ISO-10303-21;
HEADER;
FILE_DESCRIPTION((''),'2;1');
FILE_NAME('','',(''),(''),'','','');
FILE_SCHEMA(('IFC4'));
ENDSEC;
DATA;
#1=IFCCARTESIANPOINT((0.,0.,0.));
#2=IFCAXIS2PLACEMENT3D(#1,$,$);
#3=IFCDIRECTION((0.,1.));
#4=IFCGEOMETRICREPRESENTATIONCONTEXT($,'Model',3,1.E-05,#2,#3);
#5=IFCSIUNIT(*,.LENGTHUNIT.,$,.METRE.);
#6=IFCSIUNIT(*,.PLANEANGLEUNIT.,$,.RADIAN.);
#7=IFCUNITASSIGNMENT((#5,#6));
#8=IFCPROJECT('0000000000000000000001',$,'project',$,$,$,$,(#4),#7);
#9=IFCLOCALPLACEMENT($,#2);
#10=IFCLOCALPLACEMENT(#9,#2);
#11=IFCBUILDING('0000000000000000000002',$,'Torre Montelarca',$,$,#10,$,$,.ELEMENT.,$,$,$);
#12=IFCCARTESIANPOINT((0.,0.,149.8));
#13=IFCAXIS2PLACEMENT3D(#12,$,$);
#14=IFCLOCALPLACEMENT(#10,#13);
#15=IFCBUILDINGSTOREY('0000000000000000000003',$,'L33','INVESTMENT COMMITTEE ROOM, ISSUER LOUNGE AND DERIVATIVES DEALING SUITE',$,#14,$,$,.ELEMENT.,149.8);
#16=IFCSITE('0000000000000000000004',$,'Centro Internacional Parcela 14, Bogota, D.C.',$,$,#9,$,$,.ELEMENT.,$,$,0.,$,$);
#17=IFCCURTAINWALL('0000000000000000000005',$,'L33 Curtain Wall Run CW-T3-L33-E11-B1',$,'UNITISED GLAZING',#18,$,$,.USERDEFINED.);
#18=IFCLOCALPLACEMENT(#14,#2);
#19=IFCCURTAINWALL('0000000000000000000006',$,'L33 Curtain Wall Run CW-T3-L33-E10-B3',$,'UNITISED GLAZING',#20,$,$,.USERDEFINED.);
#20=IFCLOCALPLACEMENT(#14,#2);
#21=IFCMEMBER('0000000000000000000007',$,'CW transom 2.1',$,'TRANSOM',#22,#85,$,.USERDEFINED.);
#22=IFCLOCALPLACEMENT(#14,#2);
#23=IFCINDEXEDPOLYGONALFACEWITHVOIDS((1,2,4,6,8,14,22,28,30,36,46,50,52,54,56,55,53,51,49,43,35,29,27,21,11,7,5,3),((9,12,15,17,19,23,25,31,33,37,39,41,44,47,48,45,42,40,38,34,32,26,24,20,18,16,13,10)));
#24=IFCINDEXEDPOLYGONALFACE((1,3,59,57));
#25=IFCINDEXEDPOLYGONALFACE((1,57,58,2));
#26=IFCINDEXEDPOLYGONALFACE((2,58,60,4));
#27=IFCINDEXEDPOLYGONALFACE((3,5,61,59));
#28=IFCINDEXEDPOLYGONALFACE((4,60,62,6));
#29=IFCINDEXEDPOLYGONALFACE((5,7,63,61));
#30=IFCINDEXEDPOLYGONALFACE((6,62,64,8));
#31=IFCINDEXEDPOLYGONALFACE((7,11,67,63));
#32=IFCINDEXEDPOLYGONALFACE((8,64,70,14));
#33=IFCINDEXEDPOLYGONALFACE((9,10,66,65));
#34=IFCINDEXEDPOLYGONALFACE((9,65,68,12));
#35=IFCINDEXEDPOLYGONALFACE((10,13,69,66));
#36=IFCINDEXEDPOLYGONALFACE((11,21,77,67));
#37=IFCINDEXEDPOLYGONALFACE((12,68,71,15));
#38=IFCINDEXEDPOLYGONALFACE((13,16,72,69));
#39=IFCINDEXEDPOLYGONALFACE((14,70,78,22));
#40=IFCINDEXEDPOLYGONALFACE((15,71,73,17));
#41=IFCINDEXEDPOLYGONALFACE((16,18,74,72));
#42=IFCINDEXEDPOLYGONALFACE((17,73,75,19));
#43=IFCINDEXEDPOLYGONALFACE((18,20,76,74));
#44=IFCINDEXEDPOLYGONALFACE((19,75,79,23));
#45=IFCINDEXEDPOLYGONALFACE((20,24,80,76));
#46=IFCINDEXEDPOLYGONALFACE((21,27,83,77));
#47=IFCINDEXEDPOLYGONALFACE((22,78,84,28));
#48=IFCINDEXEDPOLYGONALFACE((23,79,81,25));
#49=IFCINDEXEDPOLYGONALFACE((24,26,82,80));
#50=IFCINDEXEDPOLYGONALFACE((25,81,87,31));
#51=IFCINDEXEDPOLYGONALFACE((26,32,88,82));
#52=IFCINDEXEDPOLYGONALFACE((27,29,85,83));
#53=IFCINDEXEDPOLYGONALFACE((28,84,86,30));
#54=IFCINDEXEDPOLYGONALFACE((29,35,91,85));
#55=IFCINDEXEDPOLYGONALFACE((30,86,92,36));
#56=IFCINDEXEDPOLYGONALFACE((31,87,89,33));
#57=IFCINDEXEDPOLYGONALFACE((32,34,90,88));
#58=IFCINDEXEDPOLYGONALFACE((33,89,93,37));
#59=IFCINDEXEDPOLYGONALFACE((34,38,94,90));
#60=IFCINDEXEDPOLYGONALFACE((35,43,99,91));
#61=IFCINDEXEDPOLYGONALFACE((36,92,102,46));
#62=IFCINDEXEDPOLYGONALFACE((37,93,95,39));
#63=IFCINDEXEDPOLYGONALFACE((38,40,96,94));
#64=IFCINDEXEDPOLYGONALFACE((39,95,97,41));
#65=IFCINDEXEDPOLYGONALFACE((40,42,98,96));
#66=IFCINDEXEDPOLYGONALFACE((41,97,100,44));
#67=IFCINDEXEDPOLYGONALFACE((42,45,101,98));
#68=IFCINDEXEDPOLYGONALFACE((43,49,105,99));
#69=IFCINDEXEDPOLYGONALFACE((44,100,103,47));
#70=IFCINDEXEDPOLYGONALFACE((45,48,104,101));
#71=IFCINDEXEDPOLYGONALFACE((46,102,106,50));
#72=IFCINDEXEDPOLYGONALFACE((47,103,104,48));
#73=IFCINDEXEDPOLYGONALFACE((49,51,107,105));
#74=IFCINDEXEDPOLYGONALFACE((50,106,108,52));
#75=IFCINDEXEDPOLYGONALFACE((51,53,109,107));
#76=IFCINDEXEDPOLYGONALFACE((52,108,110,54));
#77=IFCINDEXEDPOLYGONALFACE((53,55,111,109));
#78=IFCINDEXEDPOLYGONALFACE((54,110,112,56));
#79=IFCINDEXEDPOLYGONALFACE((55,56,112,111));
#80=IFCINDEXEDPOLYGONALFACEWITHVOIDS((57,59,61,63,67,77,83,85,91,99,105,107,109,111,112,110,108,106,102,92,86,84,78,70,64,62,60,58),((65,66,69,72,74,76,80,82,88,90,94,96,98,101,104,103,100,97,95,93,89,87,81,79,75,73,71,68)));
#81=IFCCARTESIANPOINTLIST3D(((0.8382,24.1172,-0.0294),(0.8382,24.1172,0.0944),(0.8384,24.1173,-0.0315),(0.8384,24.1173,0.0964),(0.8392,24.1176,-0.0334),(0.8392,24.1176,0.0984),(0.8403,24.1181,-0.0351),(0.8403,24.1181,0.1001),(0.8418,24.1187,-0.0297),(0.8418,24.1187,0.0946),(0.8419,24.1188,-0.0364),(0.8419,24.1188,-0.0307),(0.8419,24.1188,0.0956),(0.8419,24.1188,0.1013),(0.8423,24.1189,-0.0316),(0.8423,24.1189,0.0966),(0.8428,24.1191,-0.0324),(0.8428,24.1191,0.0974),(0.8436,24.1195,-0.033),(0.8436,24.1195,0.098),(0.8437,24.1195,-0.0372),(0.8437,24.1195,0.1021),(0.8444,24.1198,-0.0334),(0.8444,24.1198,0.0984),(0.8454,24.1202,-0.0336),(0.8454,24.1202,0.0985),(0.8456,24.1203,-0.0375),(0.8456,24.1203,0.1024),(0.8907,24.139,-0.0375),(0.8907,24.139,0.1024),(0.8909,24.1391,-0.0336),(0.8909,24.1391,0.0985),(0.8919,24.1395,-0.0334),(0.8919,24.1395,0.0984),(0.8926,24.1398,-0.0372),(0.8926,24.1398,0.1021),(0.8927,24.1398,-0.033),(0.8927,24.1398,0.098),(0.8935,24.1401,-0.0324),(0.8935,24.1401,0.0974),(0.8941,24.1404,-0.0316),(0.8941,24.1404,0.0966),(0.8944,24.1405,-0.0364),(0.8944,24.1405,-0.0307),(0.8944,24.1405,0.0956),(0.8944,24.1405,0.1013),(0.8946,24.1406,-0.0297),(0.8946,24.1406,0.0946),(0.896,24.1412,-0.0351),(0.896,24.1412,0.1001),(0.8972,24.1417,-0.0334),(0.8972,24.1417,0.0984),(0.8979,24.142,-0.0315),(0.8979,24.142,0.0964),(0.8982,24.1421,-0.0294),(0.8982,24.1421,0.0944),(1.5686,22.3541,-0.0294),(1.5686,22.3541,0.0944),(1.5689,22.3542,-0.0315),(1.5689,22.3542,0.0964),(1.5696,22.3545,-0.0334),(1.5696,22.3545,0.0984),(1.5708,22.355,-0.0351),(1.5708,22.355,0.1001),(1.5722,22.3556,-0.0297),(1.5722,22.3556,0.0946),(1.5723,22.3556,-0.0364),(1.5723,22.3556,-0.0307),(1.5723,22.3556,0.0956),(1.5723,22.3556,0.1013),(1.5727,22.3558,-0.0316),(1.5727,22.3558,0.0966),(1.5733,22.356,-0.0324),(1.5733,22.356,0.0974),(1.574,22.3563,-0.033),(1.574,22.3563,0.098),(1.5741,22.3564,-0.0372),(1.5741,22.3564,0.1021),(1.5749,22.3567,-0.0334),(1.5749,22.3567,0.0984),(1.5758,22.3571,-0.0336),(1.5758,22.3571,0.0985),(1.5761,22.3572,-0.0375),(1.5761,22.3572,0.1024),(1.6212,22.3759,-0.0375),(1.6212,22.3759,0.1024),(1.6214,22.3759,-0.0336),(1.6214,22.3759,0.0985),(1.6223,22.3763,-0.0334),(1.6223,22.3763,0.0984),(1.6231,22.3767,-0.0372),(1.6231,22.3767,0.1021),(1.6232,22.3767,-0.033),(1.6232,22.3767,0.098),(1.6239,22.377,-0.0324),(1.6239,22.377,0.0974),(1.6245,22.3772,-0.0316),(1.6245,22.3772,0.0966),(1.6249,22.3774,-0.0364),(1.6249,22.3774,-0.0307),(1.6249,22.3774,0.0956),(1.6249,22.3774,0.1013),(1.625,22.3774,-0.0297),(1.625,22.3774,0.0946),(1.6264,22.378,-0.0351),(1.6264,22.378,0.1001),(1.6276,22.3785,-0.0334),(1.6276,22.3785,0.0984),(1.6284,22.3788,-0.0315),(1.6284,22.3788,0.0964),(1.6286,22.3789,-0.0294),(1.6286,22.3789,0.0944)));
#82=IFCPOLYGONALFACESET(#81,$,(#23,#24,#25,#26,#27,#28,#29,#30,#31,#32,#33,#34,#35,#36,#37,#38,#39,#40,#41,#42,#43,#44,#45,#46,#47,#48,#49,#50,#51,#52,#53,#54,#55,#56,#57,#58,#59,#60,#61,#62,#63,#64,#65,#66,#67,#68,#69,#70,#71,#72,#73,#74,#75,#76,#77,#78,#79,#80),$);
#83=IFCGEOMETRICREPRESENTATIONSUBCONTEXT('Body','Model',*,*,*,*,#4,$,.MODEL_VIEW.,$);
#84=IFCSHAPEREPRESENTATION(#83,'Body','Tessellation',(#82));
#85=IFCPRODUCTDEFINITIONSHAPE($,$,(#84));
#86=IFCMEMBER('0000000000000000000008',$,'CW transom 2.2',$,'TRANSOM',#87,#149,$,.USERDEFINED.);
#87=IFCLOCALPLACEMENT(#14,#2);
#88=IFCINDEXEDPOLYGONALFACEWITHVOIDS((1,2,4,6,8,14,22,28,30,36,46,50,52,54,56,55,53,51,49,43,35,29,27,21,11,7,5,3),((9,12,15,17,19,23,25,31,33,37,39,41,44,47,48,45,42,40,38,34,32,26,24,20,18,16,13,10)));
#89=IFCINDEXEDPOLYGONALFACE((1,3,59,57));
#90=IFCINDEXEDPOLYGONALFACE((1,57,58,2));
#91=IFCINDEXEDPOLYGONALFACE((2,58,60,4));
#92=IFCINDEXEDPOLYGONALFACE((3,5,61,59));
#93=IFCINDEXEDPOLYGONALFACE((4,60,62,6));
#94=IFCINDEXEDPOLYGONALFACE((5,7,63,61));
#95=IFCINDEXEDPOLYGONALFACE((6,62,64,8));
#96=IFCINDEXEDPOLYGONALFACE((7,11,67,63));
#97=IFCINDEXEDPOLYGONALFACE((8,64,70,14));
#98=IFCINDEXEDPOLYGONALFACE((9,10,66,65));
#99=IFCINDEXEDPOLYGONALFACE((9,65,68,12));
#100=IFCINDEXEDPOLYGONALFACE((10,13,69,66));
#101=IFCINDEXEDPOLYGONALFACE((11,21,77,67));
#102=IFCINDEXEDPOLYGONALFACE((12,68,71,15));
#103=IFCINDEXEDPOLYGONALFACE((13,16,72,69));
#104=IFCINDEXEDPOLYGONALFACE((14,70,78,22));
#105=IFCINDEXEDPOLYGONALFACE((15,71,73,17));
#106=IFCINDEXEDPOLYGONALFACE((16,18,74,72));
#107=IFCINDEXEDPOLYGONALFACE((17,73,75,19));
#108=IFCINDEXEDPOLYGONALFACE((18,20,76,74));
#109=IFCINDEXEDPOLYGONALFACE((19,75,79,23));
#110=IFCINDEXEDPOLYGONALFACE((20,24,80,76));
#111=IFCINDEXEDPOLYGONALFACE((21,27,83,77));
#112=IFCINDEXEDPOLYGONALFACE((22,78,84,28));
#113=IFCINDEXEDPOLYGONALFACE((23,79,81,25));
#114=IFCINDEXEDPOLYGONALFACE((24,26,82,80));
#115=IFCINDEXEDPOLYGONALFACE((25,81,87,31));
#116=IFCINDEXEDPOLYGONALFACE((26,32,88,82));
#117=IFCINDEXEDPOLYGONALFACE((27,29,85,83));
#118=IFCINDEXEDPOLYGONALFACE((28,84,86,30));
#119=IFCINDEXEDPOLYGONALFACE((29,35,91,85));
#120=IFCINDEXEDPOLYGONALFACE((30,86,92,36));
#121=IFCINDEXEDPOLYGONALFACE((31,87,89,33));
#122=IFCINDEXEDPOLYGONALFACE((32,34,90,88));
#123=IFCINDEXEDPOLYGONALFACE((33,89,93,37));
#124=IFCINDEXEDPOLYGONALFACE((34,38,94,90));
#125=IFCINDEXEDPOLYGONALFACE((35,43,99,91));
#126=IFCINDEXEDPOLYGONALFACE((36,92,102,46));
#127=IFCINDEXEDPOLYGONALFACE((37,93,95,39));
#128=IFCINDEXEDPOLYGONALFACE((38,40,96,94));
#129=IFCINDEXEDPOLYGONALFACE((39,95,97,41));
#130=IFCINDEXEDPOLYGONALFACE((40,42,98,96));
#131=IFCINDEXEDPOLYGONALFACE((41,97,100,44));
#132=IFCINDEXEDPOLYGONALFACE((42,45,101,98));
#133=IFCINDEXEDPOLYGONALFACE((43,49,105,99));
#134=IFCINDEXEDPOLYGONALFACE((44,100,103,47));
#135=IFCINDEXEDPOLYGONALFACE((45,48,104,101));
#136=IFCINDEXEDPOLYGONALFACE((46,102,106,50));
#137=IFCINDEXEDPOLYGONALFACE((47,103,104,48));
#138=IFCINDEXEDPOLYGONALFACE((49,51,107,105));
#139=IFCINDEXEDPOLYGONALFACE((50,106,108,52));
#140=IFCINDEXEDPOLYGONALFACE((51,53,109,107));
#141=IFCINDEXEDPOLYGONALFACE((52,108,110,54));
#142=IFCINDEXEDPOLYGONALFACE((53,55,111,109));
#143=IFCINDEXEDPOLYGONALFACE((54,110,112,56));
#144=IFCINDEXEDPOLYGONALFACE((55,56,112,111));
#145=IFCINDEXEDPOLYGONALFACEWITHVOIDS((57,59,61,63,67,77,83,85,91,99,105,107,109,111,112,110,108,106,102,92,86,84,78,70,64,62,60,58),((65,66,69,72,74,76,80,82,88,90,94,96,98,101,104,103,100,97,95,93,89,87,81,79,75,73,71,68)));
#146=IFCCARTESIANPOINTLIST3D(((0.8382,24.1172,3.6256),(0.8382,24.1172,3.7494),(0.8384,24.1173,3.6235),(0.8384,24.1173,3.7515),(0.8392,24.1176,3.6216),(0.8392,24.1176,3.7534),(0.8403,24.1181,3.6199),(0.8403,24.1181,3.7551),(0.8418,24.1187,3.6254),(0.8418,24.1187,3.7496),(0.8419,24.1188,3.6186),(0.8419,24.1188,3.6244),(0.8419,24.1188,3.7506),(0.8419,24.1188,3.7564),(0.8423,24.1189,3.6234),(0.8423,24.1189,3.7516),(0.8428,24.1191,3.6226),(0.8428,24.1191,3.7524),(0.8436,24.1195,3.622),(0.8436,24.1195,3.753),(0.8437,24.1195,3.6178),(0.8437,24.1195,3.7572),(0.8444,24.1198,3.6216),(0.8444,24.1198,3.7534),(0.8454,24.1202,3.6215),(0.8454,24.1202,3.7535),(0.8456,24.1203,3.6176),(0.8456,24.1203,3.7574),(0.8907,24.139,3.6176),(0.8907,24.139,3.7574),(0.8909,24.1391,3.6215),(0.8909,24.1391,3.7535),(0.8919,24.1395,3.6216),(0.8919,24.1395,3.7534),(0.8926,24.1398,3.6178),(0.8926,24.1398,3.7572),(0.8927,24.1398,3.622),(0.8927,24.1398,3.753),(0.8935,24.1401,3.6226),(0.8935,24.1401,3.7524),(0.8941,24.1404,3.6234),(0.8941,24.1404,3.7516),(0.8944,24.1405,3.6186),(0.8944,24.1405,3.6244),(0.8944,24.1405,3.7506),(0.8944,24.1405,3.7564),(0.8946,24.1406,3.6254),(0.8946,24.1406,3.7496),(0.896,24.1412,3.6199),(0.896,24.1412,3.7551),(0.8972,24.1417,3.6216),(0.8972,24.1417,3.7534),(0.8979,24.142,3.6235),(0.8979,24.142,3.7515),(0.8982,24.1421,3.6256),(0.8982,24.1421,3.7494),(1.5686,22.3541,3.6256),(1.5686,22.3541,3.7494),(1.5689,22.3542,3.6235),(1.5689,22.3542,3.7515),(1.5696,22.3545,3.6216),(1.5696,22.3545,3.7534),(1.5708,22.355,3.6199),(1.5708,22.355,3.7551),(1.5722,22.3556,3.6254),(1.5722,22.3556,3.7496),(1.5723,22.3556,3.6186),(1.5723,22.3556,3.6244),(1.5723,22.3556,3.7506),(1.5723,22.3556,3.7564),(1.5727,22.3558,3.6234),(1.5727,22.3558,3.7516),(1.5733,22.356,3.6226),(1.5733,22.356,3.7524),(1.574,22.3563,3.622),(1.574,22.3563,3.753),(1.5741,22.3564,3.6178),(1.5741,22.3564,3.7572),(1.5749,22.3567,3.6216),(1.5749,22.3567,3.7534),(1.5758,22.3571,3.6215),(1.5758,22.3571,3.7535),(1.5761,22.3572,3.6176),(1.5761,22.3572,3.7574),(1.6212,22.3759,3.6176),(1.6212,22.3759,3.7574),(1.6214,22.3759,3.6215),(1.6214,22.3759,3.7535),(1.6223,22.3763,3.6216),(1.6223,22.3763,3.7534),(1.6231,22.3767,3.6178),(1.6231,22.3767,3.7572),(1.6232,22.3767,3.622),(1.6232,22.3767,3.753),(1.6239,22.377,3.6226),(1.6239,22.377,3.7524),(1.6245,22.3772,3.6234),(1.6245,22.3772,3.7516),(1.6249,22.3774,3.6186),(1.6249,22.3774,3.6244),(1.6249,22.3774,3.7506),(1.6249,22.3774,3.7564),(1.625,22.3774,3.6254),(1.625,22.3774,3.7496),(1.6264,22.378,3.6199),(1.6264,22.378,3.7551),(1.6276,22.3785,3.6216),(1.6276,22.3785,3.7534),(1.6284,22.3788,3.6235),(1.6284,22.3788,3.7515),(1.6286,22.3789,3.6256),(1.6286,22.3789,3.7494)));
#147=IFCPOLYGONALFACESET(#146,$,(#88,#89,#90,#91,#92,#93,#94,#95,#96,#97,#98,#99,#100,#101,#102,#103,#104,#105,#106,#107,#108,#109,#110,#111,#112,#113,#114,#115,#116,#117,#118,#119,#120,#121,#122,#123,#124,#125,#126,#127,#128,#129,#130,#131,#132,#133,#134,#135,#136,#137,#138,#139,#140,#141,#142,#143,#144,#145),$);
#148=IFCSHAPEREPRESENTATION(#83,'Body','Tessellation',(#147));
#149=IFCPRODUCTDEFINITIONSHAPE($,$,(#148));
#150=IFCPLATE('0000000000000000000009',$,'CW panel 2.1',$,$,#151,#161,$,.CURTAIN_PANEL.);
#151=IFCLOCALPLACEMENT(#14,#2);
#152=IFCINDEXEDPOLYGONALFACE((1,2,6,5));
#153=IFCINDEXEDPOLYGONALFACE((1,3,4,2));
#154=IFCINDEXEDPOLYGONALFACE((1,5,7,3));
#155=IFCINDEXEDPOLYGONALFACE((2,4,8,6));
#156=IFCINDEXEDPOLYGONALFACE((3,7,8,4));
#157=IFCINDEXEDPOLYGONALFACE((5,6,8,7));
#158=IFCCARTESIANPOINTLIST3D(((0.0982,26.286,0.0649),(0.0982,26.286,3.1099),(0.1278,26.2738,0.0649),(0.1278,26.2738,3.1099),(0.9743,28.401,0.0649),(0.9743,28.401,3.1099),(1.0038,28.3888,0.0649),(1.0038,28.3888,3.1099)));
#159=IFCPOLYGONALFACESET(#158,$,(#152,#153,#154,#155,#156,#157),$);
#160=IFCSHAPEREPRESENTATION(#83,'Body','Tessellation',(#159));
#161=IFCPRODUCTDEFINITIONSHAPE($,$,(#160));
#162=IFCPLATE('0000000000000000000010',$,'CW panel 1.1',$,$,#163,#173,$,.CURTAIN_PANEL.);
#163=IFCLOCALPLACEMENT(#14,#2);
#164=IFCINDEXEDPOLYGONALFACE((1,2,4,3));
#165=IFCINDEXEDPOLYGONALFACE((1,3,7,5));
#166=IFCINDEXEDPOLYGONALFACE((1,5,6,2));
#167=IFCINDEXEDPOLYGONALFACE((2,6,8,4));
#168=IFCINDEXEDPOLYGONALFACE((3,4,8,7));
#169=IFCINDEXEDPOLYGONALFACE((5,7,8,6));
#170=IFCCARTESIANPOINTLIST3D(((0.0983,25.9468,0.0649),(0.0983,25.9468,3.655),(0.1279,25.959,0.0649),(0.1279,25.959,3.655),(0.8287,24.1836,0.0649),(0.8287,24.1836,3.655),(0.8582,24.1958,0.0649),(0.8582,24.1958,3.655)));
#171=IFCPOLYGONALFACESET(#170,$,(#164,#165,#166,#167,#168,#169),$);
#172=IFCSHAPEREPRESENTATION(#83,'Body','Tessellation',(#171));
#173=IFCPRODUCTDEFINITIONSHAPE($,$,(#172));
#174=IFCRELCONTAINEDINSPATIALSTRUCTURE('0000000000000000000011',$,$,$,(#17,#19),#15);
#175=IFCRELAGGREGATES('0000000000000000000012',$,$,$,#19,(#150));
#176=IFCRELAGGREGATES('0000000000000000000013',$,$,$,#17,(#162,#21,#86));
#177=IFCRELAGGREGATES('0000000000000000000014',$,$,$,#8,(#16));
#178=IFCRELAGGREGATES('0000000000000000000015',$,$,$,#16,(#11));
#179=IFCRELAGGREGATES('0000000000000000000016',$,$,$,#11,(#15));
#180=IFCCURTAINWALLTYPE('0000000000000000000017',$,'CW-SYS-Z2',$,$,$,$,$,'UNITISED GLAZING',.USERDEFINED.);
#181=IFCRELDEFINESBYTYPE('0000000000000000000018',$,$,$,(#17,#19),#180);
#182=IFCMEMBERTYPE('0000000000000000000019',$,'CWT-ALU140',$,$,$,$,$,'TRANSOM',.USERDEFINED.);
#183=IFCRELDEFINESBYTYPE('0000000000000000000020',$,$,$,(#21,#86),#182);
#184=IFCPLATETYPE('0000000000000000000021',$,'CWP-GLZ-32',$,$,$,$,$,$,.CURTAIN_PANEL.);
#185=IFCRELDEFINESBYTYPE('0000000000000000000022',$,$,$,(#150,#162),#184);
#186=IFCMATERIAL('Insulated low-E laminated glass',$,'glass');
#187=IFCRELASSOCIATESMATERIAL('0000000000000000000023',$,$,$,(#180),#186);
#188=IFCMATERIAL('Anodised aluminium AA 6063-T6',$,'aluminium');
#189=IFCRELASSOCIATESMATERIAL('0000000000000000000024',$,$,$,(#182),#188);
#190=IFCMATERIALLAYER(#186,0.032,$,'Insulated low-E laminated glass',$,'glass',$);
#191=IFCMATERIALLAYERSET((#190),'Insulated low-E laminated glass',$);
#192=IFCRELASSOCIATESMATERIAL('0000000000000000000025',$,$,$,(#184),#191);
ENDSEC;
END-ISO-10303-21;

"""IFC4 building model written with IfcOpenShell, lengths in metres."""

from ifc_helpers import new_model, si_unit, direction, frame, origin, origin_2d, place, context, subcontext, project, spatial, rectangle, hollow_rectangle, extrude, source, transform, mapped, material, layer, layer_set, material_profile, profile_set, type_object, element, aggregate, save


model = new_model("IFC4")

# Units and contexts
model_context = context("Model", 3, precision=1e-05, world=origin(), true_north=direction((0.0, 1.0)))
body_context = subcontext(model_context, "Body", "Model", "MODEL_VIEW")
ifc_project = project(units=[si_unit("LENGTHUNIT", "METRE"), si_unit("PLANEANGLEUNIT", "RADIAN")], contexts=[model_context])

# Site, building, storey
site_placement = place(None, origin())
site = spatial("IfcSite", under=ifc_project, at=site_placement, Name="Centro Internacional Parcela 14, Bogota, D.C.", CompositionType="ELEMENT", RefElevation=0.0)
building_placement = place(site_placement, origin())
building = spatial("IfcBuilding", under=site, at=building_placement, Name="Torre Montelarca", CompositionType="ELEMENT")
storey_placement = place(building_placement, frame((0.0, 0.0, 149.8)))
storey = spatial("IfcBuildingStorey", under=building, at=storey_placement, Name="L33", Description="INVESTMENT COMMITTEE ROOM, ISSUER LOUNGE AND DERIVATIVES DEALING SUITE", CompositionType="ELEMENT", Elevation=149.8)

# Curtain walls
ifc_material_1 = material(Name="Insulated low-E laminated glass", Category="glass")
curtain_wall_type = type_object("IfcCurtainWallType", Name="CW-SYS-Z2", ElementType="UNITISED GLAZING", PredefinedType="USERDEFINED", material=ifc_material_1)
curtain_wall_1_placement = place(storey_placement, origin())
curtain_wall_1 = element("IfcCurtainWall", 1, at=curtain_wall_1_placement, inside=storey, type_object=curtain_wall_type, Name="L33 Curtain Wall Run CW-T3-L33-E11-B1", ObjectType="UNITISED GLAZING", PredefinedType="USERDEFINED")
ifc_material_2 = material(Name="Anodised aluminium AA 6063-T6", Category="aluminium")
curtain_wall_2_placement = place(storey_placement, origin())
curtain_wall_2 = element("IfcCurtainWall", 2, at=curtain_wall_2_placement, inside=storey, type_object=curtain_wall_type, Name="L33 Curtain Wall Run CW-T3-L33-E10-B3", ObjectType="UNITISED GLAZING", PredefinedType="USERDEFINED")
ifc_material_profile_1 = material_profile(ifc_material_2, hollow_rectangle(XDim=0.0649, YDim=0.1399, WallThickness=0.0039, InnerFilletRadius=0.0039, OuterFilletRadius=0.0081, at=origin_2d()), Name="ALU65X140X4", Category="aluminium")
ifc_profile_set_1 = profile_set([ifc_material_profile_1], Name="Anodised aluminium AA 6063-T6")
member_type_1 = type_object("IfcMemberType", Name="CWT-ALU140", ElementType="TRANSOM", PredefinedType="USERDEFINED", material=ifc_profile_set_1)

# Members
shared_shape_1 = source(origin(), body_context, "Body", "SweptSolid", [
    extrude(hollow_rectangle(XDim=0.0649, YDim=0.1399, WallThickness=0.0039, InnerFilletRadius=0.0039, OuterFilletRadius=0.0081, at=origin_2d()), origin(), (0.0, 0.0, 1.0), 1.9084),
])
member_1_placement = place(storey_placement, frame((0.8682, 24.1296, 0.0325), z_axis=(0.382743, -0.923855, 0.0), x_axis=(0.923855, 0.382743, 0.0)))
member_1 = element("IfcMember", 3, at=member_1_placement, type_object=member_type_1, Name="CW transom 2.1", ObjectType="TRANSOM", PredefinedType="USERDEFINED", context=body_context, shape_type="MappedRepresentation", body=[
    mapped(shared_shape_1, transform((0.0, 0.0, 0.0), scale=1.0)),
])
member_2_placement = place(storey_placement, frame((0.8682, 24.1296, 3.6875), z_axis=(0.382743, -0.923855, 0.0), x_axis=(0.923855, 0.382743, 0.0)))
member_2 = element("IfcMember", 4, at=member_2_placement, type_object=member_type_1, Name="CW transom 2.2", ObjectType="TRANSOM", PredefinedType="USERDEFINED", context=body_context, shape_type="MappedRepresentation", body=[
    mapped(shared_shape_1, transform((0.0, 0.0, 0.0), scale=1.0)),
])

# Plates
ifc_layer_1 = layer(ifc_material_1, 0.032, Name="Insulated low-E laminated glass", Category="glass")
ifc_layer_set_1 = layer_set([ifc_layer_1], Name="Insulated low-E laminated glass")
plate_type = type_object("IfcPlateType", Name="CWP-GLZ-32", PredefinedType="CURTAIN_PANEL", material=ifc_layer_set_1)
shared_shape_2 = source(origin(), body_context, "Body", "SweptSolid", [
    extrude(rectangle(XDim=2.2893, YDim=0.032, at=origin_2d()), origin(), (0.0, 0.0, 1.0), 3.0449),
])
plate_1_placement = place(storey_placement, frame((0.551, 27.3374, 0.0649), z_axis=(0.0, 0.0, 1.0), x_axis=(-0.382682, -0.92388, 0.0)))
plate_1 = element("IfcPlate", 5, at=plate_1_placement, type_object=plate_type, Name="CW panel 2.1", PredefinedType="CURTAIN_PANEL", context=body_context, shape_type="MappedRepresentation", body=[
    mapped(shared_shape_2, transform((0.0, 0.0, 0.0), scale=1.0)),
])
aggregate(curtain_wall_2, [plate_1])
shared_shape_3 = source(origin(), body_context, "Body", "SweptSolid", [
    extrude(rectangle(XDim=1.9084, YDim=0.032, at=origin_2d()), origin(), (0.0, 0.0, 1.0), 3.5901),
])
plate_2_placement = place(storey_placement, frame((0.4783, 25.0713, 0.0649), z_axis=(0.0, 0.0, 1.0), x_axis=(0.382683, -0.92388, 0.0)))
plate_2 = element("IfcPlate", 6, at=plate_2_placement, type_object=plate_type, Name="CW panel 1.1", PredefinedType="CURTAIN_PANEL", context=body_context, shape_type="MappedRepresentation", body=[
    mapped(shared_shape_3, transform((0.0, 0.0, 0.0), scale=1.0)),
])
aggregate(curtain_wall_1, [plate_2, member_1, member_2])

save(model, "model.ifc")
